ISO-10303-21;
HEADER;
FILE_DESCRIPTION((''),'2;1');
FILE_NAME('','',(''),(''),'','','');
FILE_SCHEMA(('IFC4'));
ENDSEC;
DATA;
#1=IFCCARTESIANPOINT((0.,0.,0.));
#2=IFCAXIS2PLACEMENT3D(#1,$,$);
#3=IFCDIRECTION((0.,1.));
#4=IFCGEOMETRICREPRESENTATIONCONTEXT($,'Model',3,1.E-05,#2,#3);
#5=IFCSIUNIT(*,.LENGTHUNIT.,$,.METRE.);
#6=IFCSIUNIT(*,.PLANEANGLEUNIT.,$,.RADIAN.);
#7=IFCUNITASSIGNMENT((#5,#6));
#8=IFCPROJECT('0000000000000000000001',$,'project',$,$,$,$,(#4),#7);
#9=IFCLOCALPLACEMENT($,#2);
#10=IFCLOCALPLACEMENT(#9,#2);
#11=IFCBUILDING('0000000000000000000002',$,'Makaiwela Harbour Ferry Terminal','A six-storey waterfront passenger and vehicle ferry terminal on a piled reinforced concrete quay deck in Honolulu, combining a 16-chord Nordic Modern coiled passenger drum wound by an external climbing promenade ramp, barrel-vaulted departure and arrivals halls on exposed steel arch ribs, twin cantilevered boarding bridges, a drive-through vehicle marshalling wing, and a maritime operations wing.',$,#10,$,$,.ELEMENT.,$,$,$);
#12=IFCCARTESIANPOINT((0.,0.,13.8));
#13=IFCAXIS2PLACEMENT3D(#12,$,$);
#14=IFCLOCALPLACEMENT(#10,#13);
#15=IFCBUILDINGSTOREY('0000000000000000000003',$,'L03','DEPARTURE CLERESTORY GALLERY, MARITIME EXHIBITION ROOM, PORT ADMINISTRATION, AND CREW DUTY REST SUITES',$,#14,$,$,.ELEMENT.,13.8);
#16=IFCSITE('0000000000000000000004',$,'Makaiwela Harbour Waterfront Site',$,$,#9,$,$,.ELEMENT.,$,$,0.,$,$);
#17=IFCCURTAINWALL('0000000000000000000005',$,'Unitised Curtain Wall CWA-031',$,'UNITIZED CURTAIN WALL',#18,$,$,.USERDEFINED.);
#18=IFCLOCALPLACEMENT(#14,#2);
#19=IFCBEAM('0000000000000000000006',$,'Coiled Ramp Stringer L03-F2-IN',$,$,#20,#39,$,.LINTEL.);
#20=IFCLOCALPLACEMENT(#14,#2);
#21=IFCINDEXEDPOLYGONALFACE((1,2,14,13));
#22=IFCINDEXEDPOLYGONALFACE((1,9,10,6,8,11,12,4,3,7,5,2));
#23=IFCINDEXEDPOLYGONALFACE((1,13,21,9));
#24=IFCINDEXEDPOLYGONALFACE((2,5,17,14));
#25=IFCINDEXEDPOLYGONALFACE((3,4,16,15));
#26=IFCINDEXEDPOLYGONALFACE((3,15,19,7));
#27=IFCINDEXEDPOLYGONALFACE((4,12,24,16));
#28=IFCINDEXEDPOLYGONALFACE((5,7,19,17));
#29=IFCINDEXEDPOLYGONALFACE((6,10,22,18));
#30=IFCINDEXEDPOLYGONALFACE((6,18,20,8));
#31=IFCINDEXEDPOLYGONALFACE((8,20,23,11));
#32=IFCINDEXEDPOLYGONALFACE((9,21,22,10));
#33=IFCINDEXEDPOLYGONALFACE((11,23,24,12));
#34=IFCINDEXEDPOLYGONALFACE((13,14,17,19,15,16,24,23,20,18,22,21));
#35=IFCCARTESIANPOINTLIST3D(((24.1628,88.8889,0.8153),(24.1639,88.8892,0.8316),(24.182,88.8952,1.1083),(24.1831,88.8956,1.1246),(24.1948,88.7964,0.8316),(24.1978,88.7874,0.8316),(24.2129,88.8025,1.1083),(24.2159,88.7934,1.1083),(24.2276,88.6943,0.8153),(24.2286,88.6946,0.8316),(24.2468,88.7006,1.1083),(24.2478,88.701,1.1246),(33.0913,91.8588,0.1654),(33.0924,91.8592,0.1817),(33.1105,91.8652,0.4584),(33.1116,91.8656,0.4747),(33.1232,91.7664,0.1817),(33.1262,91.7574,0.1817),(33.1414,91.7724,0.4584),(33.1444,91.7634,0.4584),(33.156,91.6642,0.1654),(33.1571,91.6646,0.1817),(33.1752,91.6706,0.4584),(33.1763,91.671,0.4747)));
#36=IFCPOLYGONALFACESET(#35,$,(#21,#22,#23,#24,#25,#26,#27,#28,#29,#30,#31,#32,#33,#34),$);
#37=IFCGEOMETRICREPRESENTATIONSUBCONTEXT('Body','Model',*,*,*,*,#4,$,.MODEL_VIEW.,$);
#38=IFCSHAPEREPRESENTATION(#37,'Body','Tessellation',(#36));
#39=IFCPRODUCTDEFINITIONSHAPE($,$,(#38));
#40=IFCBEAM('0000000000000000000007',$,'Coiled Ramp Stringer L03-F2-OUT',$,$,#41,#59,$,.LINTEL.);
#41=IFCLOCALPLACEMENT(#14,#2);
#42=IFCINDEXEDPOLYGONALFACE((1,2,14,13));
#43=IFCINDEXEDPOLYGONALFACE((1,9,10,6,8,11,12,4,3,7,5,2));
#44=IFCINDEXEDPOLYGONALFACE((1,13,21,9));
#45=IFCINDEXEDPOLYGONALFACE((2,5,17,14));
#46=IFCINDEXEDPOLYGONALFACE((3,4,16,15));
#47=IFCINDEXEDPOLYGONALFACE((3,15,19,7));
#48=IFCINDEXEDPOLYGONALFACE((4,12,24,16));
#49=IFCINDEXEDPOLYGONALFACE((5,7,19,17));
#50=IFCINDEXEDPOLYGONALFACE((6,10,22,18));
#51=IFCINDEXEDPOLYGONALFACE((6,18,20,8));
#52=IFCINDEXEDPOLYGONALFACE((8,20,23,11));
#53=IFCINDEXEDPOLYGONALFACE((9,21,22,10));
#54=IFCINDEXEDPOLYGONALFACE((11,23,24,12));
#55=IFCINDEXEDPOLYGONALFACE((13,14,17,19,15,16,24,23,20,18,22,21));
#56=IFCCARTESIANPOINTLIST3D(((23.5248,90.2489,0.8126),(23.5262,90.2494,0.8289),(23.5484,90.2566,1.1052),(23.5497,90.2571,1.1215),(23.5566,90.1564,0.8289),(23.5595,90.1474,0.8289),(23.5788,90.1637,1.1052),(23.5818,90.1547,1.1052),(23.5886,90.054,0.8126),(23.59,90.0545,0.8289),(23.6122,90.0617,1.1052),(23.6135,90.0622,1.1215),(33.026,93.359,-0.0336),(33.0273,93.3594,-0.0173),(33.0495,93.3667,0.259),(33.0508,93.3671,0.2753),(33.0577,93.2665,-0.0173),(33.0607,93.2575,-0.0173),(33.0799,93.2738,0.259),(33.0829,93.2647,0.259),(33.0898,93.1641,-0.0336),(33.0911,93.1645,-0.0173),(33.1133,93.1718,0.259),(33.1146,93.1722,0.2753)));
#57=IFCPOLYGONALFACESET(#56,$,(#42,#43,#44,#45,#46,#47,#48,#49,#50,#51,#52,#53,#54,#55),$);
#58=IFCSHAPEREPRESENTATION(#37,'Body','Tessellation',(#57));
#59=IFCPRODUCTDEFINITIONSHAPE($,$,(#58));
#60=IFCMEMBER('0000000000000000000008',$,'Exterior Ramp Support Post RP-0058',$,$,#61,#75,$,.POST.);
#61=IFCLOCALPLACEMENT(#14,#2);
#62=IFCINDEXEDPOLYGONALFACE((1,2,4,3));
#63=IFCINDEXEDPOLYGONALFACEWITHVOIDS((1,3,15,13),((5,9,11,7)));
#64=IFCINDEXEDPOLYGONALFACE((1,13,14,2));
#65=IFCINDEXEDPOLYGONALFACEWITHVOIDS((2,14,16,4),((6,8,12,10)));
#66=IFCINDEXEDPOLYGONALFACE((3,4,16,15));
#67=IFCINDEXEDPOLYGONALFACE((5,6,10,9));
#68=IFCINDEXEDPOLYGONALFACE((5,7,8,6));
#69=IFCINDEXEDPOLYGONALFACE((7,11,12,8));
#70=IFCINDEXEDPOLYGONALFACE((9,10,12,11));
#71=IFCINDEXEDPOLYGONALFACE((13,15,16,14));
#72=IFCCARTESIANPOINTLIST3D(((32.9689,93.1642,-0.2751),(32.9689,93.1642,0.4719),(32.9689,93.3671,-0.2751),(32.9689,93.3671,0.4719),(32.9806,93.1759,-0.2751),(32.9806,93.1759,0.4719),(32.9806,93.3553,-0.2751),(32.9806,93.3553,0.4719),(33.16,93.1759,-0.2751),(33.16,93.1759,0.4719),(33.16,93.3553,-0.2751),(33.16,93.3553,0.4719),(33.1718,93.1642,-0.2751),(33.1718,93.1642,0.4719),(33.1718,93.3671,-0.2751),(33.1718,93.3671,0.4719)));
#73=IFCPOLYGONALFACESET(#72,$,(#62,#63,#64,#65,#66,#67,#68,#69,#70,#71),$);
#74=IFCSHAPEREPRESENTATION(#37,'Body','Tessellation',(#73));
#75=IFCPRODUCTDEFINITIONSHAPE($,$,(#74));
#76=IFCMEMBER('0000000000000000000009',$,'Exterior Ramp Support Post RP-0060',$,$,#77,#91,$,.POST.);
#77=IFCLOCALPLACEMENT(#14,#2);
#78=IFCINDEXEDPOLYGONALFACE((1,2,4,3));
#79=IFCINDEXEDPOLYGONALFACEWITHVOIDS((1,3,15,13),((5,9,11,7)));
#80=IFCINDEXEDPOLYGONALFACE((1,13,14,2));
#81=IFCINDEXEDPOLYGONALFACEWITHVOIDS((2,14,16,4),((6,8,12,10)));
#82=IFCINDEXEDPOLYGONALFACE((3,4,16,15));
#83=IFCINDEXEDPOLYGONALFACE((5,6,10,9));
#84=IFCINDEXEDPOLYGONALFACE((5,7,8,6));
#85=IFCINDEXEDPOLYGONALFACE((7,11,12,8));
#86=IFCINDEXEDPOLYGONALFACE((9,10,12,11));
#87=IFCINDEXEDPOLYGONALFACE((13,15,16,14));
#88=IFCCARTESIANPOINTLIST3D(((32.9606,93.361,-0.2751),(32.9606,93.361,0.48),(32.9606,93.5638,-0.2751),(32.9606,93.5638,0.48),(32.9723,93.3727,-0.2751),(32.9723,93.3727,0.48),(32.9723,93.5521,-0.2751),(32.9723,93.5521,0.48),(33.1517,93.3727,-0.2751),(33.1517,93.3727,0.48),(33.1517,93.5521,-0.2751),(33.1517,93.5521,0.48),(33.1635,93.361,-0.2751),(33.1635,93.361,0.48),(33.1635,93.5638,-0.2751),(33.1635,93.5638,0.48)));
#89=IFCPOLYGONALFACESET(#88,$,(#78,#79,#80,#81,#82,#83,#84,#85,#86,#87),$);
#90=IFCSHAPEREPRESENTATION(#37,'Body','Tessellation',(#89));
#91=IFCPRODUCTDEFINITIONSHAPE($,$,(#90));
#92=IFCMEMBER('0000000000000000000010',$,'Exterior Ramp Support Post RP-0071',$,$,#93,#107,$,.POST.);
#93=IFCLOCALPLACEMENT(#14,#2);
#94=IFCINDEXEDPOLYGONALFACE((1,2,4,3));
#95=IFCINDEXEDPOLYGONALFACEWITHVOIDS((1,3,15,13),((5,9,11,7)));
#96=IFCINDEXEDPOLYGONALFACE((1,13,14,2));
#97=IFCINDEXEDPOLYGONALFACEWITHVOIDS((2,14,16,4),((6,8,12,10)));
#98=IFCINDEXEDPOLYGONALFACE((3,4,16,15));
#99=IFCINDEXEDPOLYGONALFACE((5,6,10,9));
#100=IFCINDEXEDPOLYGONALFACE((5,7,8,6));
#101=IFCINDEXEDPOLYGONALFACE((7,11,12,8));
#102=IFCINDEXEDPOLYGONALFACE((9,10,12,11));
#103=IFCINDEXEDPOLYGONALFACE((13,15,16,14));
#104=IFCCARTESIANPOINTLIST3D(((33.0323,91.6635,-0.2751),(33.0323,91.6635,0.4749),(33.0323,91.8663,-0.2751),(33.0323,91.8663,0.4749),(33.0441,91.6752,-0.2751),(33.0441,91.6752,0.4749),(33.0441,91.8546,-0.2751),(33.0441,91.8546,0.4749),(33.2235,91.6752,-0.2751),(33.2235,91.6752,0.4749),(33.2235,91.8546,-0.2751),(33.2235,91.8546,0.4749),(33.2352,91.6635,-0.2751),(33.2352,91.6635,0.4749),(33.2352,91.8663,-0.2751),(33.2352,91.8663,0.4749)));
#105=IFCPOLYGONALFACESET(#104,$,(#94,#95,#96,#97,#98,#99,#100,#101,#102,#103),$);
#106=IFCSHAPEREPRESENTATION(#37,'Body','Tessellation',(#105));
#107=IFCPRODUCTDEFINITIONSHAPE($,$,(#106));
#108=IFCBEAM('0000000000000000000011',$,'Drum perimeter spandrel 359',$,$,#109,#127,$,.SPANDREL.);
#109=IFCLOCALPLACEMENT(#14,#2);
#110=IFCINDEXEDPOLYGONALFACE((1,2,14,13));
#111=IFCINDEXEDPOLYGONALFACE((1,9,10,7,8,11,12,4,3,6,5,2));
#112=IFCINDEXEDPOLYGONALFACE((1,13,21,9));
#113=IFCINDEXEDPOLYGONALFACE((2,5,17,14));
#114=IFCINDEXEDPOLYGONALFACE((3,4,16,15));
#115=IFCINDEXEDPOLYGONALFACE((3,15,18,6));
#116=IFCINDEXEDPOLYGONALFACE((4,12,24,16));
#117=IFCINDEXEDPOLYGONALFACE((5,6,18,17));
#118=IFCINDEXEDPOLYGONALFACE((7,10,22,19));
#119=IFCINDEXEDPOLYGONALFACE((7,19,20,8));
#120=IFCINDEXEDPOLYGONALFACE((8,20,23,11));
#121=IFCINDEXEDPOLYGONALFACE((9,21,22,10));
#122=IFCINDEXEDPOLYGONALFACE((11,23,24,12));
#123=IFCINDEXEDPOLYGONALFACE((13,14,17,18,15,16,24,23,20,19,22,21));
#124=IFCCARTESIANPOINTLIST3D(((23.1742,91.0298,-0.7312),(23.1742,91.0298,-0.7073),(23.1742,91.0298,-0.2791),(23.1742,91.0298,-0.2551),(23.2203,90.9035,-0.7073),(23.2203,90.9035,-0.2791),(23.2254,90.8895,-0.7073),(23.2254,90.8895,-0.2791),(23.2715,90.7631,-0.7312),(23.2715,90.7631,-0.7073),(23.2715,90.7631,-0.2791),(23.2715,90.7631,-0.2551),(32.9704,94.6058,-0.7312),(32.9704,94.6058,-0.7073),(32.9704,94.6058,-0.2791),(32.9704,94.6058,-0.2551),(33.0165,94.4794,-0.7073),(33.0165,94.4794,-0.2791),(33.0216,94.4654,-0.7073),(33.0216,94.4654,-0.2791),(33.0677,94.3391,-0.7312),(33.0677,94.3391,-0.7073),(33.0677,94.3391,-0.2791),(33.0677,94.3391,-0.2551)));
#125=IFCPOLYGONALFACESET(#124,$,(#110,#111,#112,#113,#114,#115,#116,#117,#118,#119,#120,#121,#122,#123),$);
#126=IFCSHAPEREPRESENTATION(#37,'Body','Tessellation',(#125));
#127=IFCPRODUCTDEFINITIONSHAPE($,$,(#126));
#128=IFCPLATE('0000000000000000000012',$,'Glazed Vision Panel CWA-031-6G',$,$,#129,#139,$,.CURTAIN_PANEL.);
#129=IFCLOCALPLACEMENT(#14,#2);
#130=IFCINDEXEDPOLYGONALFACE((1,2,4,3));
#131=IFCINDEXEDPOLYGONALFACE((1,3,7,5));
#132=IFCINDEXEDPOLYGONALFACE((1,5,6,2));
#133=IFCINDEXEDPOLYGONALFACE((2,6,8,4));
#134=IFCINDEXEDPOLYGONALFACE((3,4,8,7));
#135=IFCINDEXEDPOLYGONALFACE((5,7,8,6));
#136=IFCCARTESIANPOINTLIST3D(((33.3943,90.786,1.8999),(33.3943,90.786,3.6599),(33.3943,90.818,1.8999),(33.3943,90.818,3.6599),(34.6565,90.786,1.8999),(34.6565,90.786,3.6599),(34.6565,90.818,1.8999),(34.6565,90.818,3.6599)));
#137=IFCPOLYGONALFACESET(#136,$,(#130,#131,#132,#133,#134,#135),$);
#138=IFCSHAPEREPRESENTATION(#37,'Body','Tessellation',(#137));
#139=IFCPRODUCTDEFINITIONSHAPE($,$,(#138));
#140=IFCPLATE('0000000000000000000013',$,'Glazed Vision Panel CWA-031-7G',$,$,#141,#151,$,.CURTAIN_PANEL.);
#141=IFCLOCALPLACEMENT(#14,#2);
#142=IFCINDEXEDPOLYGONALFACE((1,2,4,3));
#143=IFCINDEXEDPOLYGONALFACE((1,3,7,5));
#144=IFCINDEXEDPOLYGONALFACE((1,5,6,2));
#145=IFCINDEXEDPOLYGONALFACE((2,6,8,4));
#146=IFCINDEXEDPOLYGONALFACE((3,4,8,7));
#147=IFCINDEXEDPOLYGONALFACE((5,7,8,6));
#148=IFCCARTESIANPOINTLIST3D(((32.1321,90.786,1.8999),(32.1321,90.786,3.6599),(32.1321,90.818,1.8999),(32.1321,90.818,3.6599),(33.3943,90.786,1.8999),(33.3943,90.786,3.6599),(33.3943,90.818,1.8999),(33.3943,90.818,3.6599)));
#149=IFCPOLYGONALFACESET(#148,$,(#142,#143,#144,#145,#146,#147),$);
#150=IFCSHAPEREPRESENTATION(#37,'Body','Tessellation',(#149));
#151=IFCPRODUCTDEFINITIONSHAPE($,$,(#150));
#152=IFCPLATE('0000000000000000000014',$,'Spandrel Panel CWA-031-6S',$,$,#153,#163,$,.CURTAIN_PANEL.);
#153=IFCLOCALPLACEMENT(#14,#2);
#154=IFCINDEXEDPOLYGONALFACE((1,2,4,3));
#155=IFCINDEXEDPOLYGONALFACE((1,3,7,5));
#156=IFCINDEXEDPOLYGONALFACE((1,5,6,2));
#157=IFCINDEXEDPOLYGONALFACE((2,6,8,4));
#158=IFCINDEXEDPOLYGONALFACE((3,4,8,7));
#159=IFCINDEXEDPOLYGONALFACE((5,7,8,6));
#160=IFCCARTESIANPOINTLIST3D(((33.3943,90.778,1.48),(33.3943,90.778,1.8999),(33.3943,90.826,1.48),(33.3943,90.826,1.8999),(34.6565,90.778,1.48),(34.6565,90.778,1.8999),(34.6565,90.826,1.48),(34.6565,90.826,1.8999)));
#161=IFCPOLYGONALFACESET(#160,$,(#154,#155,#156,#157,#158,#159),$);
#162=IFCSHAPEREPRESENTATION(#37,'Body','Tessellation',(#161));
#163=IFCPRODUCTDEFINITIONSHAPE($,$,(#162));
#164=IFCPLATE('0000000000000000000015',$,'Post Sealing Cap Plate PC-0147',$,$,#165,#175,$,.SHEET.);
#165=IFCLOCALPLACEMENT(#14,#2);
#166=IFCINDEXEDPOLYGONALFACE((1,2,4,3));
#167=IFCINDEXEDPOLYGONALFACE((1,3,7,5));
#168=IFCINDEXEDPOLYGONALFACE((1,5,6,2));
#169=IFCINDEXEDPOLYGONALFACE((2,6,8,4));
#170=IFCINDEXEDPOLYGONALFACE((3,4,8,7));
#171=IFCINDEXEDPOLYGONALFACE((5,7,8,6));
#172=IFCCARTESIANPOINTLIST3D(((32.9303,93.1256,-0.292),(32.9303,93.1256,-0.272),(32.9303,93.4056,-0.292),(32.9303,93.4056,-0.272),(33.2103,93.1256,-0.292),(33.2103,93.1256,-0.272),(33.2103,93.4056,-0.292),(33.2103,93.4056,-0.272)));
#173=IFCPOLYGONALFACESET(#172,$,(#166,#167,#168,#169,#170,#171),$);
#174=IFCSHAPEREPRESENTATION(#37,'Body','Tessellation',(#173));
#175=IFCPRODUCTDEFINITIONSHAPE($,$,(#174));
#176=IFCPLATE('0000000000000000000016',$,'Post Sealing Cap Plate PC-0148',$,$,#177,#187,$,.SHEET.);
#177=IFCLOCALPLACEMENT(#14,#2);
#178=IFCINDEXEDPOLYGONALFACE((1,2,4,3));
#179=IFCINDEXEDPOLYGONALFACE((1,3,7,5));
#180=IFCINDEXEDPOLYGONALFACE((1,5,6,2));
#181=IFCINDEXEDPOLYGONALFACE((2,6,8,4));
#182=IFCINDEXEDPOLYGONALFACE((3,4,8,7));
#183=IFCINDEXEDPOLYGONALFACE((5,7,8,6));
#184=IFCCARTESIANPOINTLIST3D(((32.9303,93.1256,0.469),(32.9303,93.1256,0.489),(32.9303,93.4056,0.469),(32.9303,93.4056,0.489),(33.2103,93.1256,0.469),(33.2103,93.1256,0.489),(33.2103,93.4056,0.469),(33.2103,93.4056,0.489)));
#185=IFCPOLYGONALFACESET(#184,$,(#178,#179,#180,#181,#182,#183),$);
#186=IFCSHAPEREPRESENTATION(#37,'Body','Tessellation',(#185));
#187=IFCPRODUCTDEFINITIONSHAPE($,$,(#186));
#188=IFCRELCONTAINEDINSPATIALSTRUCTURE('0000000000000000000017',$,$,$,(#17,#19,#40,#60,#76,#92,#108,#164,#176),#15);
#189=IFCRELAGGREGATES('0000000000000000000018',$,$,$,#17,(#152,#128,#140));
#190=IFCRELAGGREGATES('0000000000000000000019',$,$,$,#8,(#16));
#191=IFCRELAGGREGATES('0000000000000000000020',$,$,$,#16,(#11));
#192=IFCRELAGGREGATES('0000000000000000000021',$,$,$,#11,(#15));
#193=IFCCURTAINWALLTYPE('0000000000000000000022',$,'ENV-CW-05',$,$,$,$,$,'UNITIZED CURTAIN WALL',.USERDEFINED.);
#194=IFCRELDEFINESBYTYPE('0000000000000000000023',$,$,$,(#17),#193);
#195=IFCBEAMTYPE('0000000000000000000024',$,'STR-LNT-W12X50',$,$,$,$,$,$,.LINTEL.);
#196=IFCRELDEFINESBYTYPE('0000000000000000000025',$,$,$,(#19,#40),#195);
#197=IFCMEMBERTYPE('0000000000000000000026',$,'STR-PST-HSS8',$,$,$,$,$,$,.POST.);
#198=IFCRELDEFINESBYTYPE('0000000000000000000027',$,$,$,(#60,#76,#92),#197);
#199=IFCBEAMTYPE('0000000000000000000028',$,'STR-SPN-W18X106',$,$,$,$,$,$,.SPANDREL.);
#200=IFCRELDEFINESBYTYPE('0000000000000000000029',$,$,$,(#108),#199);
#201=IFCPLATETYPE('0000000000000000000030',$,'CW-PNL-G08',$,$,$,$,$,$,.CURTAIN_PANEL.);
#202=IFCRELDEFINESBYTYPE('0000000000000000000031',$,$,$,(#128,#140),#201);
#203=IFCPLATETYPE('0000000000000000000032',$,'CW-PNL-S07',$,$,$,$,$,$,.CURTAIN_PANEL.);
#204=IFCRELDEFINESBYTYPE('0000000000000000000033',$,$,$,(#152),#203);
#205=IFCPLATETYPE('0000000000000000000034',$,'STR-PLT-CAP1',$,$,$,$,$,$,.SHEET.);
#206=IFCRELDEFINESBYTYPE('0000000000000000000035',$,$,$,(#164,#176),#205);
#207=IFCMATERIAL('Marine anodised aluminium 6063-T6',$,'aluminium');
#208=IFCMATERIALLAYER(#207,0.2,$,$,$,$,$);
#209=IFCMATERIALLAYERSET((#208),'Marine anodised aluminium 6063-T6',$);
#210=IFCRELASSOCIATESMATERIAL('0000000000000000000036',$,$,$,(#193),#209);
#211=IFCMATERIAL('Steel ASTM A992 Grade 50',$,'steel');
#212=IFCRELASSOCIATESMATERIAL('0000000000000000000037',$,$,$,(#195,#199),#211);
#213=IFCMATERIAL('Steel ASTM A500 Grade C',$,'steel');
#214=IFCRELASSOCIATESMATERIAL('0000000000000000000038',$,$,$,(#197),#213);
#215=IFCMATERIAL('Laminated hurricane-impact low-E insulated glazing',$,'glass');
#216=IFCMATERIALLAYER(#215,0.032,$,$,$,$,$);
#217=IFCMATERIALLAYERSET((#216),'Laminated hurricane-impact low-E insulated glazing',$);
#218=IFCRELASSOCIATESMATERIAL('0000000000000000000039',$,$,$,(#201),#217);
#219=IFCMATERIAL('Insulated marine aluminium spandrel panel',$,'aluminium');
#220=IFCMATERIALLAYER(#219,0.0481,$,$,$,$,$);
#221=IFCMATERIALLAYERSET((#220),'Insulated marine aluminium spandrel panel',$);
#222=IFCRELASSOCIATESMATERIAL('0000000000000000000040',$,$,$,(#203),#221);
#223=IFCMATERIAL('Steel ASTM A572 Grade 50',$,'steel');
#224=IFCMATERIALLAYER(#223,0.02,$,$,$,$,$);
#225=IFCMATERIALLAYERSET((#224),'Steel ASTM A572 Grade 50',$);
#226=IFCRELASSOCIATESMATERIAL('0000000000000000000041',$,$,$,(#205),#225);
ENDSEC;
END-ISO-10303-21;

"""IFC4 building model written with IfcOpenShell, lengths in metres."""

from ifc_helpers import new_model, si_unit, direction, frame, origin, origin_2d, place, context, subcontext, project, spatial, rectangle, hollow_rectangle, i_section, extrude, material, layer, layer_set, material_profile, profile_set, type_object, element, aggregate, save


model = new_model("IFC4")

# Units and contexts
model_context = context("Model", 3, precision=1e-05, world=origin(), true_north=direction((0.0, 1.0)))
body_context = subcontext(model_context, "Body", "Model", "MODEL_VIEW")
ifc_project = project(units=[si_unit("LENGTHUNIT", "METRE"), si_unit("PLANEANGLEUNIT", "RADIAN")], contexts=[model_context])

# Site, building, storey
site_placement = place(None, origin())
site = spatial("IfcSite", under=ifc_project, at=site_placement, Name="Makaiwela Harbour Waterfront Site", CompositionType="ELEMENT", RefElevation=0.0)
building_placement = place(site_placement, origin())
building = spatial("IfcBuilding", under=site, at=building_placement, Name="Makaiwela Harbour Ferry Terminal", Description="A six-storey waterfront passenger and vehicle ferry terminal on a piled reinforced concrete quay deck in Honolulu, combining a 16-chord Nordic Modern coiled passenger drum wound by an external climbing promenade ramp, barrel-vaulted departure and arrivals halls on exposed steel arch ribs, twin cantilevered boarding bridges, a drive-through vehicle marshalling wing, and a maritime operations wing.", CompositionType="ELEMENT")
storey_placement = place(building_placement, frame((0.0, 0.0, 13.8)))
storey = spatial("IfcBuildingStorey", under=building, at=storey_placement, Name="L03", Description="DEPARTURE CLERESTORY GALLERY, MARITIME EXHIBITION ROOM, PORT ADMINISTRATION, AND CREW DUTY REST SUITES", CompositionType="ELEMENT", Elevation=13.8)

# Curtain wall
ifc_material_1 = material(Name="Marine anodised aluminium 6063-T6", Category="aluminium")
ifc_layer_1 = layer(ifc_material_1, 0.2)
ifc_layer_set_1 = layer_set([ifc_layer_1], Name="Marine anodised aluminium 6063-T6")
curtain_wall_type = type_object("IfcCurtainWallType", Name="ENV-CW-05", ElementType="UNITIZED CURTAIN WALL", PredefinedType="USERDEFINED", material=ifc_layer_set_1)
curtain_wall_placement = place(storey_placement, origin())
curtain_wall = element("IfcCurtainWall", 1, at=curtain_wall_placement, inside=storey, type_object=curtain_wall_type, Name="Unitised Curtain Wall CWA-031", ObjectType="UNITIZED CURTAIN WALL", PredefinedType="USERDEFINED")

# Beams
ifc_material_2 = material(Name="Steel ASTM A992 Grade 50", Category="steel")
ifc_material_profile_1 = material_profile(ifc_material_2, i_section(OverallWidth=0.2051, OverallDepth=0.3101, WebThickness=0.0095, FlangeThickness=0.0164, at=origin_2d()), Name="W12X50")
ifc_profile_set_1 = profile_set([ifc_material_profile_1], Name="Steel ASTM A992 Grade 50")
beam_type_1 = type_object("IfcBeamType", Name="STR-LNT-W12X50", PredefinedType="LINTEL", material=ifc_profile_set_1)
beam_1_placement = place(storey_placement, frame((33.1338, 91.7649, 0.3201), z_axis=(-0.946625, -0.314886, 0.068905), x_axis=(0.315636, -0.94888, 0.0)))
element("IfcBeam", 2, at=beam_1_placement, inside=storey, type_object=beam_type_1, Name="Coiled Ramp Stringer L03-F2-IN", PredefinedType="LINTEL", context=body_context, shape_type="SweptSolid", body=[
    extrude(i_section(OverallWidth=0.2051, OverallDepth=0.3101, WebThickness=0.0095, FlangeThickness=0.0164, at=origin_2d()), origin(), (0.0, 0.0, 1.0), 9.4319),
])
beam_2_placement = place(storey_placement, frame((33.0703, 93.2656, 0.1208), z_axis=(-0.946993, -0.309986, 0.08434), x_axis=(0.311095, -0.950379, 0.0)))
element("IfcBeam", 3, at=beam_2_placement, inside=storey, type_object=beam_type_1, Name="Coiled Ramp Stringer L03-F2-OUT", PredefinedType="LINTEL", context=body_context, shape_type="SweptSolid", body=[
    extrude(i_section(OverallWidth=0.2051, OverallDepth=0.3101, WebThickness=0.0095, FlangeThickness=0.0164, at=origin_2d()), origin(), (0.0, 0.0, 1.0), 10.033),
])

# Members
ifc_material_3 = material(Name="Steel ASTM A500 Grade C", Category="steel")
ifc_material_profile_2 = material_profile(ifc_material_3, hollow_rectangle(XDim=0.2029, YDim=0.2029, WallThickness=0.0117, at=origin_2d()), Name="HSS8X8X1/2")
ifc_profile_set_2 = profile_set([ifc_material_profile_2], Name="Steel ASTM A500 Grade C")
member_type_1 = type_object("IfcMemberType", Name="STR-PST-HSS8", PredefinedType="POST", material=ifc_profile_set_2)
member_1_placement = place(storey_placement, frame((33.0703, 93.2656, -0.2751), z_axis=(0.0, 0.0, 1.0), x_axis=(1.0, 0.0, 0.0)))
element("IfcMember", 4, at=member_1_placement, inside=storey, type_object=member_type_1, Name="Exterior Ramp Support Post RP-0058", PredefinedType="POST", context=body_context, shape_type="SweptSolid", body=[
    extrude(hollow_rectangle(XDim=0.2029, YDim=0.2029, WallThickness=0.0117, at=origin_2d()), origin(), (0.0, 0.0, 1.0), 0.7471),
])
member_2_placement = place(storey_placement, frame((33.062, 93.4624, -0.2751), z_axis=(0.0, 0.0, 1.0), x_axis=(1.0, 0.0, 0.0)))
element("IfcMember", 5, at=member_2_placement, inside=storey, type_object=member_type_1, Name="Exterior Ramp Support Post RP-0060", PredefinedType="POST", context=body_context, shape_type="SweptSolid", body=[
    extrude(hollow_rectangle(XDim=0.2029, YDim=0.2029, WallThickness=0.0117, at=origin_2d()), origin(), (0.0, 0.0, 1.0), 0.7551),
])
member_3_placement = place(storey_placement, frame((33.1338, 91.7649, -0.2751), z_axis=(0.0, 0.0, 1.0), x_axis=(1.0, 0.0, 0.0)))
element("IfcMember", 6, at=member_3_placement, inside=storey, type_object=member_type_1, Name="Exterior Ramp Support Post RP-0071", PredefinedType="POST", context=body_context, shape_type="SweptSolid", body=[
    extrude(hollow_rectangle(XDim=0.2029, YDim=0.2029, WallThickness=0.0117, at=origin_2d()), origin(), (0.0, 0.0, 1.0), 0.75),
])

# Beam
ifc_material_profile_3 = material_profile(ifc_material_2, i_section(OverallWidth=0.2839, OverallDepth=0.4761, WebThickness=0.0149, FlangeThickness=0.0239, at=origin_2d()), Name="W18X106")
ifc_profile_set_3 = profile_set([ifc_material_profile_3], Name="Steel ASTM A992 Grade 50")
beam_type_2 = type_object("IfcBeamType", Name="STR-SPN-W18X106", PredefinedType="SPANDREL", material=ifc_profile_set_3)
beam_3_placement = place(storey_placement, frame((33.019, 94.4724, -0.4932), z_axis=(-0.939371, -0.342903, 0.0), x_axis=(0.342903, -0.939371, 0.0)))
element("IfcBeam", 7, at=beam_3_placement, inside=storey, type_object=beam_type_2, Name="Drum perimeter spandrel 359", PredefinedType="SPANDREL", context=body_context, shape_type="SweptSolid", body=[
    extrude(i_section(OverallWidth=0.2839, OverallDepth=0.4761, WebThickness=0.0149, FlangeThickness=0.0239, at=origin_2d()), origin(), (0.0, 0.0, 1.0), 10.4285),
])

# Plates
ifc_material_4 = material(Name="Laminated hurricane-impact low-E insulated glazing", Category="glass")
ifc_layer_2 = layer(ifc_material_4, 0.032)
ifc_layer_set_2 = layer_set([ifc_layer_2], Name="Laminated hurricane-impact low-E insulated glazing")
plate_type_1 = type_object("IfcPlateType", Name="CW-PNL-G08", PredefinedType="CURTAIN_PANEL", material=ifc_layer_set_2)
plate_1_placement = place(storey_placement, frame((34.0254, 90.802, 1.8999), z_axis=(0.0, 0.0, 1.0), x_axis=(-1.0, 0.0, 0.0)))
plate_1 = element("IfcPlate", 8, at=plate_1_placement, type_object=plate_type_1, Name="Glazed Vision Panel CWA-031-6G", PredefinedType="CURTAIN_PANEL", context=body_context, shape_type="SweptSolid", body=[
    extrude(rectangle(XDim=1.2622, YDim=0.032, at=origin_2d()), origin(), (0.0, 0.0, 1.0), 1.76),
])
plate_2_placement = place(storey_placement, frame((32.7632, 90.802, 1.8999), z_axis=(0.0, 0.0, 1.0), x_axis=(-1.0, 0.0, 0.0)))
plate_2 = element("IfcPlate", 9, at=plate_2_placement, type_object=plate_type_1, Name="Glazed Vision Panel CWA-031-7G", PredefinedType="CURTAIN_PANEL", context=body_context, shape_type="SweptSolid", body=[
    extrude(rectangle(XDim=1.2622, YDim=0.032, at=origin_2d()), origin(), (0.0, 0.0, 1.0), 1.76),
])
ifc_material_5 = material(Name="Insulated marine aluminium spandrel panel", Category="aluminium")
ifc_layer_3 = layer(ifc_material_5, 0.0481)
ifc_layer_set_3 = layer_set([ifc_layer_3], Name="Insulated marine aluminium spandrel panel")
plate_type_2 = type_object("IfcPlateType", Name="CW-PNL-S07", PredefinedType="CURTAIN_PANEL", material=ifc_layer_set_3)
plate_3_placement = place(storey_placement, frame((34.0254, 90.802, 1.48), z_axis=(0.0, 0.0, 1.0), x_axis=(-1.0, 0.0, 0.0)))
plate_3 = element("IfcPlate", 10, at=plate_3_placement, type_object=plate_type_2, Name="Spandrel Panel CWA-031-6S", PredefinedType="CURTAIN_PANEL", context=body_context, shape_type="SweptSolid", body=[
    extrude(rectangle(XDim=1.2622, YDim=0.0481, at=origin_2d()), origin(), (0.0, 0.0, 1.0), 0.4199),
])
aggregate(curtain_wall, [plate_3, plate_1, plate_2])

# Plates
ifc_material_6 = material(Name="Steel ASTM A572 Grade 50", Category="steel")
ifc_layer_4 = layer(ifc_material_6, 0.02)
ifc_layer_set_4 = layer_set([ifc_layer_4], Name="Steel ASTM A572 Grade 50")
plate_type_3 = type_object("IfcPlateType", Name="STR-PLT-CAP1", PredefinedType="SHEET", material=ifc_layer_set_4)
for number, where, z_axis, x_axis, name in (
    (11, (33.0703, 93.2656, -0.292), (0.0, 0.0, 1.0), (1.0, 0.0, 0.0), "Post Sealing Cap Plate PC-0147"),
    (12, (33.0703, 93.2656, 0.469), (0.0, 0.0, 1.0), (1.0, 0.0, 0.0), "Post Sealing Cap Plate PC-0148"),
):
    element("IfcPlate", number, at=place(storey_placement, frame(where, z_axis=z_axis, x_axis=x_axis)), inside=storey, type_object=plate_type_3, Name=name, PredefinedType="SHEET", context=body_context, shape_type="SweptSolid", body=[
        extrude(rectangle(XDim=0.28, YDim=0.28, at=origin_2d()), origin(), (0.0, 0.0, 1.0), 0.02),
    ])

save(model, "model.ifc")
